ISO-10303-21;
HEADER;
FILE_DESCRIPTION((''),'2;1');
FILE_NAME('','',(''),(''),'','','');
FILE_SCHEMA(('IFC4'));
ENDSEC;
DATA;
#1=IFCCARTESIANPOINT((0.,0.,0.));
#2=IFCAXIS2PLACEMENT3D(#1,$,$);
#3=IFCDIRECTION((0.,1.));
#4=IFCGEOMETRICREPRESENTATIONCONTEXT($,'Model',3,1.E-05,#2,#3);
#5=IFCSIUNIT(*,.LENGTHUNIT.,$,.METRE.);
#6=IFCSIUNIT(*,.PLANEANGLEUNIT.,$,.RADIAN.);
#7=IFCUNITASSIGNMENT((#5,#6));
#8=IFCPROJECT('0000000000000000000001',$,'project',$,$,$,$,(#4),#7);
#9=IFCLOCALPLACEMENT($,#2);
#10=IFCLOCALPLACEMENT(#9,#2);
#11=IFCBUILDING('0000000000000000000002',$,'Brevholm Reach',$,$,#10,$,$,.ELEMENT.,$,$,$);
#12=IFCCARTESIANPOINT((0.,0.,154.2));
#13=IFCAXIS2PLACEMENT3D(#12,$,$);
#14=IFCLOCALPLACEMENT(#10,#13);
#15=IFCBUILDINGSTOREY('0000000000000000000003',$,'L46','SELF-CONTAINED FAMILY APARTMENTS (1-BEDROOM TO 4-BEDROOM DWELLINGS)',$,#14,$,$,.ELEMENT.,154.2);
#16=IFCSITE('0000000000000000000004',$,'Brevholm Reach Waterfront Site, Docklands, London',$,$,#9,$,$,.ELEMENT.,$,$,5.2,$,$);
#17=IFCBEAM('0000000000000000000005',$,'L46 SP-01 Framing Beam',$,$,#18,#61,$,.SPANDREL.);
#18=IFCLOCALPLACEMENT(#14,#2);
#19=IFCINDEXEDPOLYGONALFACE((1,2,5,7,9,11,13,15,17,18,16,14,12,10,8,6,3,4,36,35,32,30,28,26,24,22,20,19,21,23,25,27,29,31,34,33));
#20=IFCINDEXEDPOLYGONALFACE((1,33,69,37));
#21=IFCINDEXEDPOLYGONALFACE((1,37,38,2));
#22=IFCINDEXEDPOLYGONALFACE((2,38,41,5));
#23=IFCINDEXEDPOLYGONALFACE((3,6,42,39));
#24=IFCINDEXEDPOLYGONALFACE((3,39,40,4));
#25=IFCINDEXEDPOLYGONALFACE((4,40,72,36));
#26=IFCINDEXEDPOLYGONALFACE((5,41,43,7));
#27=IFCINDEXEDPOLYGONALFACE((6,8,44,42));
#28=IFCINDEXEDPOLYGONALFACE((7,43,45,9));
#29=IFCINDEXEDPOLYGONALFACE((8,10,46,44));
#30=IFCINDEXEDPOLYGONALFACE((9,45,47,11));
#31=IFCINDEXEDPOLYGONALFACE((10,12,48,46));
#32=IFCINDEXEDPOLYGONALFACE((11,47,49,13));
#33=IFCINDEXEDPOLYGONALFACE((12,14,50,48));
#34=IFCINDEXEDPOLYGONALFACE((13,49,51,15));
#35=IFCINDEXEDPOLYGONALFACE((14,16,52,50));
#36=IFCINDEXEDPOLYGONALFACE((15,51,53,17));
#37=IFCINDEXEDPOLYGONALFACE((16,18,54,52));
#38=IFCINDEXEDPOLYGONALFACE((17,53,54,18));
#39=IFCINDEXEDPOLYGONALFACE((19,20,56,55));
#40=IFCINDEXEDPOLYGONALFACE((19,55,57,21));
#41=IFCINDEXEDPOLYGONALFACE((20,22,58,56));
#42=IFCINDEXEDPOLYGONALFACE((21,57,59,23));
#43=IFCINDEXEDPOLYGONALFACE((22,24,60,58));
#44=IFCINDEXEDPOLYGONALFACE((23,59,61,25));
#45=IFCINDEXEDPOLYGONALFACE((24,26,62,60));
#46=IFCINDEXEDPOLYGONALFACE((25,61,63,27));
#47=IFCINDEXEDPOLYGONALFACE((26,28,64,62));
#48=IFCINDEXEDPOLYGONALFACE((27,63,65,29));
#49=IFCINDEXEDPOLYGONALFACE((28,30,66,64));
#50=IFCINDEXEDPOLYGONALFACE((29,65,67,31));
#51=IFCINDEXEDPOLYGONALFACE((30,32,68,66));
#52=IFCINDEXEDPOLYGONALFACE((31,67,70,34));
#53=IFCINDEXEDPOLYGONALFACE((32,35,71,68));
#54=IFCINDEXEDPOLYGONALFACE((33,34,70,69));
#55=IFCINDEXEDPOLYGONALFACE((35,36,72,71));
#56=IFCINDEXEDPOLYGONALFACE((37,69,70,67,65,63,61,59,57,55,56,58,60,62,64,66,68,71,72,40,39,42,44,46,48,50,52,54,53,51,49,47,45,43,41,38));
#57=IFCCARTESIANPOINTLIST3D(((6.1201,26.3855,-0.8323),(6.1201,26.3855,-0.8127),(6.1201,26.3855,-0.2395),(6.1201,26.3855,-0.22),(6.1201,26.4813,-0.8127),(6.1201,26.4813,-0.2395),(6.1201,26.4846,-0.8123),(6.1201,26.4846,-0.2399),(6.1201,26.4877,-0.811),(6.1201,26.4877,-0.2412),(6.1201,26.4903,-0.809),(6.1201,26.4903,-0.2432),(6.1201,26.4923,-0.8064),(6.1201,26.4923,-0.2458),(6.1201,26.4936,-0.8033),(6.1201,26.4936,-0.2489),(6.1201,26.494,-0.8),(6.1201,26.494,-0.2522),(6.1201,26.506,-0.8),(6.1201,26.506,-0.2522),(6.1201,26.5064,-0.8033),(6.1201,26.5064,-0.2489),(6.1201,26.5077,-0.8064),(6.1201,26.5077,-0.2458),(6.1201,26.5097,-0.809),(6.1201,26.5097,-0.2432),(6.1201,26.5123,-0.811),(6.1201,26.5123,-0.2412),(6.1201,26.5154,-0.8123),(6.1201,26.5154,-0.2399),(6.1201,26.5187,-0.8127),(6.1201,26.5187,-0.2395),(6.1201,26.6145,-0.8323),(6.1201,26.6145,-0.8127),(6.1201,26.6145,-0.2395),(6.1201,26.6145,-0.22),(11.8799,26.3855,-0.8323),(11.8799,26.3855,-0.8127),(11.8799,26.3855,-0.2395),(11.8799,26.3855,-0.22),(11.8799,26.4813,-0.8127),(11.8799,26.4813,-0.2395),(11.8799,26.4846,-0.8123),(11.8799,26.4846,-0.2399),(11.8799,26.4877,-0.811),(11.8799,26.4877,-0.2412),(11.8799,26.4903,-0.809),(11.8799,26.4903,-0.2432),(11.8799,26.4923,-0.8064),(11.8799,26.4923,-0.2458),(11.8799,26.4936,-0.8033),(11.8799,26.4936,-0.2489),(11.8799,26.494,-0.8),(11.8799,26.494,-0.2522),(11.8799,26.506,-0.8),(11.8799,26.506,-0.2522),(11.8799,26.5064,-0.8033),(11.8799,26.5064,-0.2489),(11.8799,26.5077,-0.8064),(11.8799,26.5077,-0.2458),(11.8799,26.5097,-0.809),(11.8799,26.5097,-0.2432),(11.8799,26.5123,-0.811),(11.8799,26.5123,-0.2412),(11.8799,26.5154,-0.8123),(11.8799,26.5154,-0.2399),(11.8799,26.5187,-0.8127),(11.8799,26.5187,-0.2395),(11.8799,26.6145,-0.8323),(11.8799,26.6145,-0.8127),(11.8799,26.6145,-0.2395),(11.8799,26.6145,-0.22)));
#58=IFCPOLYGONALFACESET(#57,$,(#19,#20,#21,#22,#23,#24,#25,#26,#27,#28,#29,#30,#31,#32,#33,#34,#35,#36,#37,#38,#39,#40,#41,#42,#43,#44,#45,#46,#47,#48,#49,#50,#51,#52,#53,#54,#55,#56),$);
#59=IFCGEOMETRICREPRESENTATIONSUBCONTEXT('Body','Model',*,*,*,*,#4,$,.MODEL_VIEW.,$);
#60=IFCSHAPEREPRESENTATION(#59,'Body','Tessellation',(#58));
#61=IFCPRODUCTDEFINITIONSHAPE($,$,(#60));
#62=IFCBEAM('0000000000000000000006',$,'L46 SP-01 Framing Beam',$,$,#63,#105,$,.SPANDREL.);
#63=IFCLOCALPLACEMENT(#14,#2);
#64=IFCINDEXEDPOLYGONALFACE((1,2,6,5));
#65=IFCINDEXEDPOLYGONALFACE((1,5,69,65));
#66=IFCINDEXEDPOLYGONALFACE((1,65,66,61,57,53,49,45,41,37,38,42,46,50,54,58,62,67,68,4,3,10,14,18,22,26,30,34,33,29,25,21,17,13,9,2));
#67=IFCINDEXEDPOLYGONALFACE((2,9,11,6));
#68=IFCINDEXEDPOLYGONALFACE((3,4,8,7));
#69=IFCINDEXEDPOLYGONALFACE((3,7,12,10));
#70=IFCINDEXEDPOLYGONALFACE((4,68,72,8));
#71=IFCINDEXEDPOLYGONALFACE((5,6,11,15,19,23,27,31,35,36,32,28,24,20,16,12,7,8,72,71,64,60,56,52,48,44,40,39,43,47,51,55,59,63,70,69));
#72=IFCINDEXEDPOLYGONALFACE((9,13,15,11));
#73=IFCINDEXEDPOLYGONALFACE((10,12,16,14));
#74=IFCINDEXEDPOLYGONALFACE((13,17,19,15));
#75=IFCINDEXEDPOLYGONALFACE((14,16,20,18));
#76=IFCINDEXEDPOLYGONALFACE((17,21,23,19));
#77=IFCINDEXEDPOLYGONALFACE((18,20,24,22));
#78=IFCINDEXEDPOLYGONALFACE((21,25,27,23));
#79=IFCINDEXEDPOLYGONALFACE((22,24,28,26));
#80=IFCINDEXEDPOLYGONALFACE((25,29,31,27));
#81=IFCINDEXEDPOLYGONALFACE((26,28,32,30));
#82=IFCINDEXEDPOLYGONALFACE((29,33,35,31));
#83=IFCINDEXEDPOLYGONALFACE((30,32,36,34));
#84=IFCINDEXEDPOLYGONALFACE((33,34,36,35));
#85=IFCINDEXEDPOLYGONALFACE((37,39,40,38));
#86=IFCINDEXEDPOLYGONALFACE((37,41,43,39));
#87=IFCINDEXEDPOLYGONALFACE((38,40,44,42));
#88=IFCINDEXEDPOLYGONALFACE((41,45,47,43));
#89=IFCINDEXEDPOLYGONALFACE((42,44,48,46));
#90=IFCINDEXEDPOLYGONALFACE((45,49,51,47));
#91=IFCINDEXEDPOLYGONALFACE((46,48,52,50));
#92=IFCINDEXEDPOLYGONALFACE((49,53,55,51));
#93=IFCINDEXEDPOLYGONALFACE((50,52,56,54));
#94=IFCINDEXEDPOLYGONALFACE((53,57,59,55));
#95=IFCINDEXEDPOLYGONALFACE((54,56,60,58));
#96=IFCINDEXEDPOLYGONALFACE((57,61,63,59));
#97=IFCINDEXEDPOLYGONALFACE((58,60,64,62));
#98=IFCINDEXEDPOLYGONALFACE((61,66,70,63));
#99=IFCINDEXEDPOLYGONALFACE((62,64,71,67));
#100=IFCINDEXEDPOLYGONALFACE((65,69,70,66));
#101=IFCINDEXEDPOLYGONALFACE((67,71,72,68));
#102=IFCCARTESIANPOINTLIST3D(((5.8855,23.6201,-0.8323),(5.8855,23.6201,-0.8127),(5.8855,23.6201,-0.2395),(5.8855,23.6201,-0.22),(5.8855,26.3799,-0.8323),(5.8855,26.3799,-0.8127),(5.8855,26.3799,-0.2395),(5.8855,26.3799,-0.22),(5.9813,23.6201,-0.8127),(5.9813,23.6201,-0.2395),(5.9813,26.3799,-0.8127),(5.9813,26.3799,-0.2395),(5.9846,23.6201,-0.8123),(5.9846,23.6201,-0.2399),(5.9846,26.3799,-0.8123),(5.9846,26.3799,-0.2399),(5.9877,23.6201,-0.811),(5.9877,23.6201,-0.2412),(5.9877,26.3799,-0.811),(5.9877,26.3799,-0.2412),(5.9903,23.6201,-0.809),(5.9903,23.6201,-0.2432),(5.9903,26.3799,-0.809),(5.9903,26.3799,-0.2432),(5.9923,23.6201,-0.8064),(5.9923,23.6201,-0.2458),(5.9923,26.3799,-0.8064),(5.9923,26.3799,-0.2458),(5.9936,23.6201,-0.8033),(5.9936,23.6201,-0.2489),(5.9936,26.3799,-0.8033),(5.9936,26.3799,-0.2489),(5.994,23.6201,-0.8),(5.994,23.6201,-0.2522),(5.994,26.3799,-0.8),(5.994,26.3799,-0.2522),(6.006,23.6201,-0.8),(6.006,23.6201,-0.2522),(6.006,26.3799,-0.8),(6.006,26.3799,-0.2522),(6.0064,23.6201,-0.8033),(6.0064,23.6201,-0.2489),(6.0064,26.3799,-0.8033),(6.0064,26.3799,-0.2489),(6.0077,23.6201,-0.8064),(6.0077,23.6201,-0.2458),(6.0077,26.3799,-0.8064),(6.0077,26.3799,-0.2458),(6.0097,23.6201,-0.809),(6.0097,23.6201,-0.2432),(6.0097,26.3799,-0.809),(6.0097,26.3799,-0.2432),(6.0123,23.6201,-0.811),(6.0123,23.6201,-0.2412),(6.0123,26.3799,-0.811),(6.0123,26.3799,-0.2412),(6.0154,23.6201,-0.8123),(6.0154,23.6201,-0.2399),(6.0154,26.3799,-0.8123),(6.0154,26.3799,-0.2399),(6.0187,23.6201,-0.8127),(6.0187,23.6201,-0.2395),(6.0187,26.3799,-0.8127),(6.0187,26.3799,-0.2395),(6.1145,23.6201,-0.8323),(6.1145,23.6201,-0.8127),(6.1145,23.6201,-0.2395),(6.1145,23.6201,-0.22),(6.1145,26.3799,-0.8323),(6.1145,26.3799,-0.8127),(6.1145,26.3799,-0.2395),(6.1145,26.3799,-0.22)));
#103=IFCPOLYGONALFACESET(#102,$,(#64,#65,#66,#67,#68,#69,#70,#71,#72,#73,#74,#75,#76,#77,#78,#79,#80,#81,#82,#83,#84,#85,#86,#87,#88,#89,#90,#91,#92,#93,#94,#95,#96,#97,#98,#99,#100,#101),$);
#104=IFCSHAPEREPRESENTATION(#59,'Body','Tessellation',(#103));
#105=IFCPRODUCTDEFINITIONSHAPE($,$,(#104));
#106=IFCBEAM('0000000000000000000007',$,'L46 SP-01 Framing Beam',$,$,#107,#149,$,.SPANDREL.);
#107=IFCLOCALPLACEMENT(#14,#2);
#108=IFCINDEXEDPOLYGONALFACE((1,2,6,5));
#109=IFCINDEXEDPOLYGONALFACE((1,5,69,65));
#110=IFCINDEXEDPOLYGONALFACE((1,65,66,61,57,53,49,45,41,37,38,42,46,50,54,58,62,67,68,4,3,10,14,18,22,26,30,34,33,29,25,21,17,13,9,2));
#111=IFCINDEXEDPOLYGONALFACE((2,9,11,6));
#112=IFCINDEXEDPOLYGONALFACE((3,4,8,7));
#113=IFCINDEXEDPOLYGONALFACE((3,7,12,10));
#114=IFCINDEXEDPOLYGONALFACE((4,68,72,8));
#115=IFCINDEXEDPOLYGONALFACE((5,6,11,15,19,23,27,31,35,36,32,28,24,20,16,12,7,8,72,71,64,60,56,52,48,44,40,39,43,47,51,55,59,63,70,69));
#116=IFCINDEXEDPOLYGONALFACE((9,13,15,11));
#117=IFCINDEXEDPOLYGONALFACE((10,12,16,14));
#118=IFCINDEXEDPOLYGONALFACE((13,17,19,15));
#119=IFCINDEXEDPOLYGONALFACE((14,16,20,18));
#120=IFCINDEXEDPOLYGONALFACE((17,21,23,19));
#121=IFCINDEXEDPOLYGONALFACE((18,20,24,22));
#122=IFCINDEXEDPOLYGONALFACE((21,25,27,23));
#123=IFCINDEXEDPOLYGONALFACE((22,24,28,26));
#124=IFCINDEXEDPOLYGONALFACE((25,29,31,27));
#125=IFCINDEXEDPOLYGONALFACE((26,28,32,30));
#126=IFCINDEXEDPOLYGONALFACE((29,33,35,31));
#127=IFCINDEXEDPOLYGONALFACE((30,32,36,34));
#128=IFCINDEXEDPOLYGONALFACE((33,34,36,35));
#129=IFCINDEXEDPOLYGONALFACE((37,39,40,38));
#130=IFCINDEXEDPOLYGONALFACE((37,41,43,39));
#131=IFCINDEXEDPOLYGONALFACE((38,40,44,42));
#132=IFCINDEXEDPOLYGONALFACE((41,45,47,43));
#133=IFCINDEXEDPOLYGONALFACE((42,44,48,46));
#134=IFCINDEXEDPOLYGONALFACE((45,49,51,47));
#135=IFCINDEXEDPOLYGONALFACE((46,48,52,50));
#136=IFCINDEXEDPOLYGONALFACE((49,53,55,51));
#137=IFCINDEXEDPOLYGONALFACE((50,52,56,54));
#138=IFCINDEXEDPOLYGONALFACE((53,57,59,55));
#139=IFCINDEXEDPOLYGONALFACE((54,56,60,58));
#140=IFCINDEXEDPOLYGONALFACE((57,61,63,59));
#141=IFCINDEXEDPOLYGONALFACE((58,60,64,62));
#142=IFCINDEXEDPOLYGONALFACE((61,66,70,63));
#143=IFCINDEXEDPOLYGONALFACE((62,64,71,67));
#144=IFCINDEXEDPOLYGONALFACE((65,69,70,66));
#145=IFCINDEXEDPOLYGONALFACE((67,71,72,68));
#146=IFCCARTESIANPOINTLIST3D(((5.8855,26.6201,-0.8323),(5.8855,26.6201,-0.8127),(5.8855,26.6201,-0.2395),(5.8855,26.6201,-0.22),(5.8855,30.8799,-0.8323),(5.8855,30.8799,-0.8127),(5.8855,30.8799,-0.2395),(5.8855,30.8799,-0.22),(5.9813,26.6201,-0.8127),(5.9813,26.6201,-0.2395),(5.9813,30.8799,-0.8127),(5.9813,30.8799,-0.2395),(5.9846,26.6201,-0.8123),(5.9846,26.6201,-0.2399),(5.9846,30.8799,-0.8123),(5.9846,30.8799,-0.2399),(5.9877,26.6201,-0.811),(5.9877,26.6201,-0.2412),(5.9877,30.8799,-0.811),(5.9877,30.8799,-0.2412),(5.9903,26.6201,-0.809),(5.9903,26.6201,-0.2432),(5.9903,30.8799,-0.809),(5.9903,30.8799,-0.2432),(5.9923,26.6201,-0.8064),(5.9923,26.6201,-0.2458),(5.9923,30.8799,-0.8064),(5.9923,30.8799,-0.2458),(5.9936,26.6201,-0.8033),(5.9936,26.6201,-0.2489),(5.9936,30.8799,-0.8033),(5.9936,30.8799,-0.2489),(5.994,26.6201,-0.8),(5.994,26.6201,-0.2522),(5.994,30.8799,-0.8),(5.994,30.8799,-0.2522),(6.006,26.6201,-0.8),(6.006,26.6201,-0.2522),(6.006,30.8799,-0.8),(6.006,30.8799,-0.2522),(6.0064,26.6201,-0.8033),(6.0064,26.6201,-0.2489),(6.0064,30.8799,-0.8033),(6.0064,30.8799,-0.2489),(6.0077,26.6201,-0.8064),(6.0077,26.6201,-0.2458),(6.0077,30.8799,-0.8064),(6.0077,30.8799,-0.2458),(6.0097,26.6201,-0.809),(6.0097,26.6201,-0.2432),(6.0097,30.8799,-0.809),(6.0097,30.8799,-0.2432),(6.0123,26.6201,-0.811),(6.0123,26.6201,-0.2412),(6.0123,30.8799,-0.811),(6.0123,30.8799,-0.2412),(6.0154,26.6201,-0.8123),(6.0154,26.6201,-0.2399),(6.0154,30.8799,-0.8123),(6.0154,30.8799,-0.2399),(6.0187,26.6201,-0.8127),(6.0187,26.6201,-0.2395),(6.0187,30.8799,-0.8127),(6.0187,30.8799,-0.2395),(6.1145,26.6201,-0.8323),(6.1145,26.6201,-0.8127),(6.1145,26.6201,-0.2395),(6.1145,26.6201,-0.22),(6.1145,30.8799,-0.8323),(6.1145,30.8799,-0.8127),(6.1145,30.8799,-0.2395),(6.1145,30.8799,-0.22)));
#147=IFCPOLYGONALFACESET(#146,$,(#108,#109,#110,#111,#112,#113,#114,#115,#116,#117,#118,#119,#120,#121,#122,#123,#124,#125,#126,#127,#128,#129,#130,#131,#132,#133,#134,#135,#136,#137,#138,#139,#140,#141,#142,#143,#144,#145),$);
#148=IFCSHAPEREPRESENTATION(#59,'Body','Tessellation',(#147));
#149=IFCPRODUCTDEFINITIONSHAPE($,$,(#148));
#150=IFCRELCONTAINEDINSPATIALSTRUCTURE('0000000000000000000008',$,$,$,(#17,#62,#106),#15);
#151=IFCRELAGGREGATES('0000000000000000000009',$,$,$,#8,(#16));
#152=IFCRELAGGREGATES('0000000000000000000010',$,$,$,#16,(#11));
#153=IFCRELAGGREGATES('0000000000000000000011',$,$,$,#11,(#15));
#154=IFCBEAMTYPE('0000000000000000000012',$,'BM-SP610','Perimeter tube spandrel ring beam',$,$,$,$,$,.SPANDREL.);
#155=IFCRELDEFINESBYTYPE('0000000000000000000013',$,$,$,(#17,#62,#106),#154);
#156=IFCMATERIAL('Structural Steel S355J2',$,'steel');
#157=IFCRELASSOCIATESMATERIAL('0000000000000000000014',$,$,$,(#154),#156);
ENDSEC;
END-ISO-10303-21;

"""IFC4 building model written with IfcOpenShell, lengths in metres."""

from ifc_helpers import new_model, si_unit, direction, frame, origin, origin_2d, place, context, subcontext, project, spatial, i_section, extrude, material, material_profile, profile_set, type_object, element, save


model = new_model("IFC4")

# Units and contexts
model_context = context("Model", 3, precision=1e-05, world=origin(), true_north=direction((0.0, 1.0)))
body_context = subcontext(model_context, "Body", "Model", "MODEL_VIEW")
ifc_project = project(units=[si_unit("LENGTHUNIT", "METRE"), si_unit("PLANEANGLEUNIT", "RADIAN")], contexts=[model_context])

# Site, building, storey
site_placement = place(None, origin())
site = spatial("IfcSite", under=ifc_project, at=site_placement, Name="Brevholm Reach Waterfront Site, Docklands, London", CompositionType="ELEMENT", RefElevation=5.2)
building_placement = place(site_placement, origin())
building = spatial("IfcBuilding", under=site, at=building_placement, Name="Brevholm Reach", CompositionType="ELEMENT")
storey_placement = place(building_placement, frame((0.0, 0.0, 154.2)))
storey = spatial("IfcBuildingStorey", under=building, at=storey_placement, Name="L46", Description="SELF-CONTAINED FAMILY APARTMENTS (1-BEDROOM TO 4-BEDROOM DWELLINGS)", CompositionType="ELEMENT", Elevation=154.2)

# Beams
ifc_material_1 = material(Name="Structural Steel S355J2", Category="steel")
ifc_material_profile_1 = material_profile(ifc_material_1, i_section(OverallWidth=0.229, OverallDepth=0.6123, WebThickness=0.012, FlangeThickness=0.0195, FilletRadius=0.0127, at=origin_2d()), Name="UKB 610x229x125")
ifc_profile_set_1 = profile_set([ifc_material_profile_1], Name="Structural Steel S355J2")
beam_type_1 = type_object("IfcBeamType", Name="BM-SP610", Description="Perimeter tube spandrel ring beam", PredefinedType="SPANDREL", material=ifc_profile_set_1)
for number, where, z_axis, x_axis, name in (
    (1, (6.1201, 26.5, -0.5261), (1.0, 0.0, 0.0), (0.0, 1.0, 0.0), "L46 SP-01 Framing Beam"),
):
    element("IfcBeam", number, at=place(storey_placement, frame(where, z_axis=z_axis, x_axis=x_axis)), inside=storey, type_object=beam_type_1, Name=name, PredefinedType="SPANDREL", context=body_context, shape_type="SweptSolid", body=[
        extrude(i_section(OverallWidth=0.229, OverallDepth=0.6123, WebThickness=0.012, FlangeThickness=0.0195, FilletRadius=0.0127, at=origin_2d()), origin(), (0.0, 0.0, 1.0), 5.7598),
    ])
beam_1_placement = place(storey_placement, frame((6.0, 23.6201, -0.5261), z_axis=(0.0, 1.0, 0.0), x_axis=(-1.0, 0.0, 0.0)))
element("IfcBeam", 2, at=beam_1_placement, inside=storey, type_object=beam_type_1, Name="L46 SP-01 Framing Beam", PredefinedType="SPANDREL", context=body_context, shape_type="SweptSolid", body=[
    extrude(i_section(OverallWidth=0.229, OverallDepth=0.6123, WebThickness=0.012, FlangeThickness=0.0195, FilletRadius=0.0127, at=origin_2d()), origin(), (0.0, 0.0, 1.0), 2.7598),
])
beam_2_placement = place(storey_placement, frame((6.0, 26.6201, -0.5261), z_axis=(0.0, 1.0, 0.0), x_axis=(-1.0, 0.0, 0.0)))
element("IfcBeam", 3, at=beam_2_placement, inside=storey, type_object=beam_type_1, Name="L46 SP-01 Framing Beam", PredefinedType="SPANDREL", context=body_context, shape_type="SweptSolid", body=[
    extrude(i_section(OverallWidth=0.229, OverallDepth=0.6123, WebThickness=0.012, FlangeThickness=0.0195, FilletRadius=0.0127, at=origin_2d()), origin(), (0.0, 0.0, 1.0), 4.2598),
])

save(model, "model.ifc")
